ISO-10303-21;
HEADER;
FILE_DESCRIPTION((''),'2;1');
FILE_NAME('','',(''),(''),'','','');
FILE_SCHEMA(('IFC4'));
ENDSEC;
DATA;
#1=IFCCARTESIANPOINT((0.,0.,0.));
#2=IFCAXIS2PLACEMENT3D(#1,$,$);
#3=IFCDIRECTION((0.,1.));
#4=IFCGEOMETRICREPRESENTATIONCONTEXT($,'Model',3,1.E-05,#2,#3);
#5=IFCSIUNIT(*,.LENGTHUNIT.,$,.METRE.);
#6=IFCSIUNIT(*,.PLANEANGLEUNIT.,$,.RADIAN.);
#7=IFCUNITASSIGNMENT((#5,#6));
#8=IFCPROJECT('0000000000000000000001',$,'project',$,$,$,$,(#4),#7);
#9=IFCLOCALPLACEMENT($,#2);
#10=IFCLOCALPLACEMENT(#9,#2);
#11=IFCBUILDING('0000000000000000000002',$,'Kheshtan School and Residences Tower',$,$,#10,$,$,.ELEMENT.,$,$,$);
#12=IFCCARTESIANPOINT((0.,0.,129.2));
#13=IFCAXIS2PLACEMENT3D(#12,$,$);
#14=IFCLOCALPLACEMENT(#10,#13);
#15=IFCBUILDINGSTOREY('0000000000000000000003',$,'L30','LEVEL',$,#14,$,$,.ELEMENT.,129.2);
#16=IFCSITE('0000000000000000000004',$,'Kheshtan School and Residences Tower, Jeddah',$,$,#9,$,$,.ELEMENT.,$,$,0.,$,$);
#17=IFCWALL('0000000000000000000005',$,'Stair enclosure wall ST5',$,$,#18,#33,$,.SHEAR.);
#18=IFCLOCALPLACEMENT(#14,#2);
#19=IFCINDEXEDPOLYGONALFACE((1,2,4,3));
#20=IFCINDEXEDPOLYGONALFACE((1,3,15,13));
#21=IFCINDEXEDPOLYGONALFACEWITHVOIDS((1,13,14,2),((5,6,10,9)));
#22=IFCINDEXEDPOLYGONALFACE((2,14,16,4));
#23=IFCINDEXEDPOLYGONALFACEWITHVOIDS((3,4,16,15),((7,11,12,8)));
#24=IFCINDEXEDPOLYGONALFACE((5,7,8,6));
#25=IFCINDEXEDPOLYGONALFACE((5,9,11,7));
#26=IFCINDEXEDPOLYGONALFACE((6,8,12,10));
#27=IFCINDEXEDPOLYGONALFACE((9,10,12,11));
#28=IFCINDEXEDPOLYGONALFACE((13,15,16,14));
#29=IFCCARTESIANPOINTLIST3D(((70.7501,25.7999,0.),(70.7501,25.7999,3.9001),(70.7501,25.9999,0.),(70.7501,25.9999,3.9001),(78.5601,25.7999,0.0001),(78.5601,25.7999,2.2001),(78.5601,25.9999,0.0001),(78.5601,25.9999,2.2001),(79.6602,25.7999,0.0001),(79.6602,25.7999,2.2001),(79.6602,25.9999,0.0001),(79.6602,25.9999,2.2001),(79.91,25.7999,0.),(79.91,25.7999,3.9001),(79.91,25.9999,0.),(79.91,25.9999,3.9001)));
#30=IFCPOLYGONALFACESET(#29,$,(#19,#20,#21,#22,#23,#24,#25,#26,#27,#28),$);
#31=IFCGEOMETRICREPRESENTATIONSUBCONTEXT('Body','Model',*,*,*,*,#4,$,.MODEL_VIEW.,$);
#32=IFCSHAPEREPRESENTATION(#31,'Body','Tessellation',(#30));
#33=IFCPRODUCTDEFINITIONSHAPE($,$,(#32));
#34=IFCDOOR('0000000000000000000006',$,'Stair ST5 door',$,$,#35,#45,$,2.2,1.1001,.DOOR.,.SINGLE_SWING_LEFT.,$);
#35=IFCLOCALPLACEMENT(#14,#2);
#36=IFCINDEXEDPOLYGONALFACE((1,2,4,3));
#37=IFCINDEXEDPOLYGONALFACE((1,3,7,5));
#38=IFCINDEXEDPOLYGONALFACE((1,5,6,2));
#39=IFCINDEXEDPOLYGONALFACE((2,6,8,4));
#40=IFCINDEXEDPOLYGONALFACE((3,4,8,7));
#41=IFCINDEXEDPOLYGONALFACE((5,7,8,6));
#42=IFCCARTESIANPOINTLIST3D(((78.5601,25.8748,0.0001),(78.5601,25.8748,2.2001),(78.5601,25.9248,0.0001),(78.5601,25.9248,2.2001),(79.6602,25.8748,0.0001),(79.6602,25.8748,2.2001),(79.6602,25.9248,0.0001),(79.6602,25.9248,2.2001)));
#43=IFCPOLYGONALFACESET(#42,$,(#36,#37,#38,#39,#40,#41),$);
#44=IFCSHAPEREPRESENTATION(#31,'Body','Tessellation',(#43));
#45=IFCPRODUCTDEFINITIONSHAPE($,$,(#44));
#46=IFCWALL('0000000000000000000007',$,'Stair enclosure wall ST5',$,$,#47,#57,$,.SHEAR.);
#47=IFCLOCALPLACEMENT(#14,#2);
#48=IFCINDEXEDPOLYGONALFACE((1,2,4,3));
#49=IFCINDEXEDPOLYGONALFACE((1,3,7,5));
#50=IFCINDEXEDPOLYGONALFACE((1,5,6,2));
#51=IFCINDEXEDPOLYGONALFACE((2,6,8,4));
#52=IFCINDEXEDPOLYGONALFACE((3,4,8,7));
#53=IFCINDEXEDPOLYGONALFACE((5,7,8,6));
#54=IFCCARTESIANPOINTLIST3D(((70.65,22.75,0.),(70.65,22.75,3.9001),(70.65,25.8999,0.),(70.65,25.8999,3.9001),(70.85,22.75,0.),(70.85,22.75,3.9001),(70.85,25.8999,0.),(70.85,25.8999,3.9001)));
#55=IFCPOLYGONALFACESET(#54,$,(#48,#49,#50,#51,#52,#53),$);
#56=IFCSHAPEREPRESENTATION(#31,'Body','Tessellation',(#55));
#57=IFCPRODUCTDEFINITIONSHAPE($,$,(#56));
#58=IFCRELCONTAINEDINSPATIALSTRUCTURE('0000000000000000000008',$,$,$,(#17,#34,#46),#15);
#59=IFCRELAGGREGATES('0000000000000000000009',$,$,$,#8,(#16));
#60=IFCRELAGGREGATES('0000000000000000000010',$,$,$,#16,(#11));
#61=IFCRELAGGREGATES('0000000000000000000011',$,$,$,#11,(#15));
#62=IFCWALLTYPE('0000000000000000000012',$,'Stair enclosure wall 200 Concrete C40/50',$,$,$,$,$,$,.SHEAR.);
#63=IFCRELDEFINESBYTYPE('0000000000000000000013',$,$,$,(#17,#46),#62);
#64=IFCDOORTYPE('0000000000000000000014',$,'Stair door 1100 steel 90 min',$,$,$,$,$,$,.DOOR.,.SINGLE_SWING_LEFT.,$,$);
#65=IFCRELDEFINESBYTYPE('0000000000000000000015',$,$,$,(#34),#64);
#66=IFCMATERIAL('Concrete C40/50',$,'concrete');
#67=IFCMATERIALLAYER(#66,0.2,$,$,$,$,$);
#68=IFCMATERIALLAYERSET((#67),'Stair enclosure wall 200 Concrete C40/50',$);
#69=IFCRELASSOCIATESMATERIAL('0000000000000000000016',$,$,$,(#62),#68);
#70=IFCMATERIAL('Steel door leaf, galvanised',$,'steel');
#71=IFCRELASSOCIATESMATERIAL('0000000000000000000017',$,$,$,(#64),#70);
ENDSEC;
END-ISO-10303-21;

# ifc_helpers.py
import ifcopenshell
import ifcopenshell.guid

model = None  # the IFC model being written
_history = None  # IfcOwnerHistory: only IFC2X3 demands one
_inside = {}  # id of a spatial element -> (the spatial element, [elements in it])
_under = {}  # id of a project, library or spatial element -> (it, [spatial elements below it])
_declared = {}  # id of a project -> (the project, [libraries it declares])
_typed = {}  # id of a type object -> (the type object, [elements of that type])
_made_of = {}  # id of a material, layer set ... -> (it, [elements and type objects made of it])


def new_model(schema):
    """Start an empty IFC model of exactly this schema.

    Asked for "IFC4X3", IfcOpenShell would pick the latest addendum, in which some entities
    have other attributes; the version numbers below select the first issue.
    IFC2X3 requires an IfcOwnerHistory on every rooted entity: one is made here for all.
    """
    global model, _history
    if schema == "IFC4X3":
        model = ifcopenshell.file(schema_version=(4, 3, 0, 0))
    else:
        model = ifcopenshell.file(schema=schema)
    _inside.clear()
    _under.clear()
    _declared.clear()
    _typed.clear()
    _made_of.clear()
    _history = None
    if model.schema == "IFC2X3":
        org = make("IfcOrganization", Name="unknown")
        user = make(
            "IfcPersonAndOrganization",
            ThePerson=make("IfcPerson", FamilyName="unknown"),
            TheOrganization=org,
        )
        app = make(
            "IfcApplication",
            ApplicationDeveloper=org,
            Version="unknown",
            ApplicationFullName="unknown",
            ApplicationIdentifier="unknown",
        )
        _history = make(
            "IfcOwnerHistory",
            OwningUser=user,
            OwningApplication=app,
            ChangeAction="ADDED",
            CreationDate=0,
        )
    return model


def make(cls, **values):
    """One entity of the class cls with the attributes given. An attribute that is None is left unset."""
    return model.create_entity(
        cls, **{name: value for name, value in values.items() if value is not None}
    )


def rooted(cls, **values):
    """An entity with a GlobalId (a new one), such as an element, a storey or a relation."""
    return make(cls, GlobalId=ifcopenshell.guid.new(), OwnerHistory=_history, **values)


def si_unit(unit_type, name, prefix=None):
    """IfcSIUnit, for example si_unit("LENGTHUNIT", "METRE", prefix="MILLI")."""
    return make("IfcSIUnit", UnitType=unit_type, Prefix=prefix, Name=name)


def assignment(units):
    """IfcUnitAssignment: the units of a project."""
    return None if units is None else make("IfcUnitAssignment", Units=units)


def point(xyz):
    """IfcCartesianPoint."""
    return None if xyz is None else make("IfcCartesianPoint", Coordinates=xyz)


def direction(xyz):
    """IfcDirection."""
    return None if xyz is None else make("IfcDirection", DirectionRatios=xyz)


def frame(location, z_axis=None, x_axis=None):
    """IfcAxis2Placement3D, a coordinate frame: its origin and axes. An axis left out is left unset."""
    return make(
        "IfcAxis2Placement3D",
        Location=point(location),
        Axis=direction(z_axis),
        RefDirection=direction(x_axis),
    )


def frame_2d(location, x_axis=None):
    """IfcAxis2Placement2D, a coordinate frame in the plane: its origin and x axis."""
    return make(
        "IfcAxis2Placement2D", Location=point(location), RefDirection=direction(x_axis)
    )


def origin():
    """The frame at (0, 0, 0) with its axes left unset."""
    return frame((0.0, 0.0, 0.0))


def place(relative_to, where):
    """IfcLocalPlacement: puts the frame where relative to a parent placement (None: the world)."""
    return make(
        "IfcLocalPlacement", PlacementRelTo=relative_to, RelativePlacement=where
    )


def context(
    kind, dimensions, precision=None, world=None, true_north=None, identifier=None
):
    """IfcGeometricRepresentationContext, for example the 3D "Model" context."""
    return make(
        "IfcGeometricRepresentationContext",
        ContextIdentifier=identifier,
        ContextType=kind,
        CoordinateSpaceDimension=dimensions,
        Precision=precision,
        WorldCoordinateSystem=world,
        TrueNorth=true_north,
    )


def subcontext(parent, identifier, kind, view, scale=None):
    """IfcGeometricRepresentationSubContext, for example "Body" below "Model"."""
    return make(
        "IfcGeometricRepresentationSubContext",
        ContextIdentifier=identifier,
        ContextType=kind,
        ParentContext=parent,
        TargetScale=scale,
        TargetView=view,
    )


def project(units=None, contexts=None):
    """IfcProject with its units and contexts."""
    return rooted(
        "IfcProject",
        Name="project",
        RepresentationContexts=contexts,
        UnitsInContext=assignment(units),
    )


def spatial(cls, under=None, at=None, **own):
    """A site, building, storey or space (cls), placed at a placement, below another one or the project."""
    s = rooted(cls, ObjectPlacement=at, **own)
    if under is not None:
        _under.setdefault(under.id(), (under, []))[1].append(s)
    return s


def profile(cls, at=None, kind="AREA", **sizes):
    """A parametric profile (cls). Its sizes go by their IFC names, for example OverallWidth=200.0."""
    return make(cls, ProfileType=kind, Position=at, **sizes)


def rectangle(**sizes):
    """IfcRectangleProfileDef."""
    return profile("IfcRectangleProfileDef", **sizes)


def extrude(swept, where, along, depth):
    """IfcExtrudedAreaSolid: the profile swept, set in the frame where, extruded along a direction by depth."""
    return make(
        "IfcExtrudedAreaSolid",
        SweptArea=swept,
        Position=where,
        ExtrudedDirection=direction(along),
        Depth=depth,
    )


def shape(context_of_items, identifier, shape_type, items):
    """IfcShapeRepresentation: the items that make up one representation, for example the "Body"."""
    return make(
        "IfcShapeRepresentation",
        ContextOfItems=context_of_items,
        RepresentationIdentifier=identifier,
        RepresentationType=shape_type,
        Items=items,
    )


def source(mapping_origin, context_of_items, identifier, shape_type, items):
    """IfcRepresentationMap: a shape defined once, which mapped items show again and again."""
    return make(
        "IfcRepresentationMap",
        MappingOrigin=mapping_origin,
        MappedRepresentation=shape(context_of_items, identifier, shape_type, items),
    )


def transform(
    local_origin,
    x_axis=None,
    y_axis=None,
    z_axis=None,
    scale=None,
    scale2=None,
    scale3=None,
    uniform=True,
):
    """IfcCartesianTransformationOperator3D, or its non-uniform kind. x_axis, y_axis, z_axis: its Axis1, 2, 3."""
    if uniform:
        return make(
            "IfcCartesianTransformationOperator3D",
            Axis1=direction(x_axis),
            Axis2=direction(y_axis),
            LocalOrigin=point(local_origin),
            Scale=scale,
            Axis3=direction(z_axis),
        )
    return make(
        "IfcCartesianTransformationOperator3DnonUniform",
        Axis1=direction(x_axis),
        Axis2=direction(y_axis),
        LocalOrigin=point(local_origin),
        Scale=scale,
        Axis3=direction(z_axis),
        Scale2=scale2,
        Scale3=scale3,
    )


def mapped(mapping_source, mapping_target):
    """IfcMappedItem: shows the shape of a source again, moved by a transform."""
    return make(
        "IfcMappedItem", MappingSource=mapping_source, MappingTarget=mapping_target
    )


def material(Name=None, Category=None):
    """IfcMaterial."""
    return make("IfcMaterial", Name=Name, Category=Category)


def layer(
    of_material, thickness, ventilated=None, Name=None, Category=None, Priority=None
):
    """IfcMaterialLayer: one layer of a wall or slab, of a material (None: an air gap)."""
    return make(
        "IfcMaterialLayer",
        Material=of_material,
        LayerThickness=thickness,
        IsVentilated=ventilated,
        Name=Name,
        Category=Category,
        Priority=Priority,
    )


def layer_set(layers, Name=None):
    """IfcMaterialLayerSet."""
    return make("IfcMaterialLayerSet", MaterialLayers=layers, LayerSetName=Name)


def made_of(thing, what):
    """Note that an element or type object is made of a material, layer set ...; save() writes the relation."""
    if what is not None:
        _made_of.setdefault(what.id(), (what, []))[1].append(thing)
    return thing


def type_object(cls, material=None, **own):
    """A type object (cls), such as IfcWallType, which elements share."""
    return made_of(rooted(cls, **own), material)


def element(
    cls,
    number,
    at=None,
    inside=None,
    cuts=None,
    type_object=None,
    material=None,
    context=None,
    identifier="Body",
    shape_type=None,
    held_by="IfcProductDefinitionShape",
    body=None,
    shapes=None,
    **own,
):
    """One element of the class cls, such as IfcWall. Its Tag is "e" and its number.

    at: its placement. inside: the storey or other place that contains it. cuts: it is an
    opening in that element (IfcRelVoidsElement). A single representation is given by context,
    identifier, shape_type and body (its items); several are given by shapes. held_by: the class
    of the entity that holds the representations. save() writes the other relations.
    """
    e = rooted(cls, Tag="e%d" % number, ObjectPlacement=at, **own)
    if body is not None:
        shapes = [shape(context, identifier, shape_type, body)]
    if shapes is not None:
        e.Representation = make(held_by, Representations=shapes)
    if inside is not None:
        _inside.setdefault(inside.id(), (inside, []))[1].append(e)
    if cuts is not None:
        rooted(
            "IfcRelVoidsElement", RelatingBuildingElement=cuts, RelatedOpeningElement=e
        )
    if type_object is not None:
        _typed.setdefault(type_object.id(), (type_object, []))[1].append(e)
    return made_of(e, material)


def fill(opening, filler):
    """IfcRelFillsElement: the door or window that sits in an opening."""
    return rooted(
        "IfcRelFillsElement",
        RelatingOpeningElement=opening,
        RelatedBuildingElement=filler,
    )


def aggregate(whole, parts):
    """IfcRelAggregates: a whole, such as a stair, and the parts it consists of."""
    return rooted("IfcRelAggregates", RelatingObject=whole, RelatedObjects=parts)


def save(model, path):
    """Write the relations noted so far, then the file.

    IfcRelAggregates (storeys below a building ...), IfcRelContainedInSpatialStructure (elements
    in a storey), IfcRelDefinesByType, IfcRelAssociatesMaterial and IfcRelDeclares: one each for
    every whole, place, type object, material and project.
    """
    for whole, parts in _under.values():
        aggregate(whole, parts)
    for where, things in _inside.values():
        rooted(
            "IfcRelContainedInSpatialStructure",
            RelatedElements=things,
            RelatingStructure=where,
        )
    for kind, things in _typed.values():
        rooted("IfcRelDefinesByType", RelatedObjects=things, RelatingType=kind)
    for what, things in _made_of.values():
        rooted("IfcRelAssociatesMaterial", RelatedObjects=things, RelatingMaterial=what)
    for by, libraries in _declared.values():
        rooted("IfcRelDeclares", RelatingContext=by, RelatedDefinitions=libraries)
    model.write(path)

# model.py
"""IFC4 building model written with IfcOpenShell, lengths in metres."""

from ifc_helpers import new_model, si_unit, direction, frame, frame_2d, origin, place, context, subcontext, project, spatial, rectangle, extrude, source, transform, mapped, material, layer, layer_set, type_object, element, fill, save


model = new_model("IFC4")

# Units and contexts
model_context = context("Model", 3, precision=1e-05, world=origin(), true_north=direction((0.0, 1.0)))
body_context = subcontext(model_context, "Body", "Model", "MODEL_VIEW")
ifc_project = project(units=[si_unit("LENGTHUNIT", "METRE"), si_unit("PLANEANGLEUNIT", "RADIAN")], contexts=[model_context])

# Site, building, storey
site_placement = place(None, origin())
site = spatial("IfcSite", under=ifc_project, at=site_placement, Name="Kheshtan School and Residences Tower, Jeddah", CompositionType="ELEMENT", RefElevation=0.0)
building_placement = place(site_placement, origin())
building = spatial("IfcBuilding", under=site, at=building_placement, Name="Kheshtan School and Residences Tower", CompositionType="ELEMENT")
storey_placement = place(building_placement, frame((0.0, 0.0, 129.2)))
storey = spatial("IfcBuildingStorey", under=building, at=storey_placement, Name="L30", Description="LEVEL", CompositionType="ELEMENT", Elevation=129.2)

# Shared definitions
ifc_material_1 = material(Name="Steel door leaf, galvanised", Category="steel")

# Shared definitions
ifc_material_2 = material(Name="Concrete C40/50", Category="concrete")
ifc_layer_1 = layer(ifc_material_2, 0.2)
ifc_layer_set_1 = layer_set([ifc_layer_1], Name="Stair enclosure wall 200 Concrete C40/50")
wall_type_1 = type_object("IfcWallType", Name="Stair enclosure wall 200 Concrete C40/50", PredefinedType="SHEAR", material=ifc_layer_set_1)

# Wall, opening, door
wall_1_placement = place(storey_placement, frame((70.75, 25.8999, 0.0), z_axis=(0.0, 0.0, 1.0), x_axis=(1.0, 0.0, 0.0)))
wall_1 = element("IfcWall", 1, at=wall_1_placement, inside=storey, type_object=wall_type_1, Name="Stair enclosure wall ST5", PredefinedType="SHEAR", context=body_context, shape_type="SweptSolid", body=[
    extrude(rectangle(XDim=9.1599, YDim=0.2, at=frame_2d((4.5801, 0.0))), origin(), (0.0, 0.0, 1.0), 3.9001),
])
opening_1_placement = place(wall_1_placement, frame((7.8101, 0.0, 0.0)))
opening_1 = element("IfcOpeningElement", 2, at=opening_1_placement, cuts=wall_1, PredefinedType="OPENING", context=body_context, shape_type="SweptSolid", body=[
    extrude(rectangle(XDim=1.1001, YDim=2.2, at=frame_2d((0.55, 1.1001))), frame((0.0, 0.1099, 0.0), z_axis=(0.0, -1.0, 0.0), x_axis=(1.0, 0.0, 0.0)), (0.0, 0.0, 1.0), 0.22),
])
door_type_1 = type_object("IfcDoorType", Name="Stair door 1100 steel 90 min", OperationType="SINGLE_SWING_LEFT", PredefinedType="DOOR", material=ifc_material_1)
shared_shape_1 = source(origin(), body_context, "Body", "SweptSolid", [
    extrude(rectangle(XDim=1.1001, YDim=2.2, at=frame_2d((0.55, 1.1001))), frame((0.0, 0.0249, 0.0), z_axis=(0.0, -1.0, 0.0), x_axis=(1.0, 0.0, 0.0)), (0.0, 0.0, 1.0), 0.05),
])
door_1_placement = place(opening_1_placement, origin())
door_1 = element("IfcDoor", 3, at=door_1_placement, inside=storey, type_object=door_type_1, Name="Stair ST5 door", OperationType="SINGLE_SWING_LEFT", OverallHeight=2.2, OverallWidth=1.1001, PredefinedType="DOOR", context=body_context, shape_type="MappedRepresentation", body=[
    mapped(shared_shape_1, transform((0.0, 0.0, 0.0), x_axis=(1.0, 0.0, 0.0), y_axis=(0.0, 1.0, 0.0), z_axis=(0.0, 0.0, 1.0), scale=1.0)),
])
fill(opening_1, door_1)

# Wall
wall_2_placement = place(storey_placement, frame((70.75, 22.75, 0.0), z_axis=(0.0, 0.0, 1.0), x_axis=(0.0, 1.0, 0.0)))
element("IfcWall", 4, at=wall_2_placement, inside=storey, type_object=wall_type_1, Name="Stair enclosure wall ST5", PredefinedType="SHEAR", context=body_context, shape_type="SweptSolid", body=[
    extrude(rectangle(XDim=3.1499, YDim=0.2, at=frame_2d((1.575, 0.0))), origin(), (0.0, 0.0, 1.0), 3.9001),
])

save(model, "model.ifc")
